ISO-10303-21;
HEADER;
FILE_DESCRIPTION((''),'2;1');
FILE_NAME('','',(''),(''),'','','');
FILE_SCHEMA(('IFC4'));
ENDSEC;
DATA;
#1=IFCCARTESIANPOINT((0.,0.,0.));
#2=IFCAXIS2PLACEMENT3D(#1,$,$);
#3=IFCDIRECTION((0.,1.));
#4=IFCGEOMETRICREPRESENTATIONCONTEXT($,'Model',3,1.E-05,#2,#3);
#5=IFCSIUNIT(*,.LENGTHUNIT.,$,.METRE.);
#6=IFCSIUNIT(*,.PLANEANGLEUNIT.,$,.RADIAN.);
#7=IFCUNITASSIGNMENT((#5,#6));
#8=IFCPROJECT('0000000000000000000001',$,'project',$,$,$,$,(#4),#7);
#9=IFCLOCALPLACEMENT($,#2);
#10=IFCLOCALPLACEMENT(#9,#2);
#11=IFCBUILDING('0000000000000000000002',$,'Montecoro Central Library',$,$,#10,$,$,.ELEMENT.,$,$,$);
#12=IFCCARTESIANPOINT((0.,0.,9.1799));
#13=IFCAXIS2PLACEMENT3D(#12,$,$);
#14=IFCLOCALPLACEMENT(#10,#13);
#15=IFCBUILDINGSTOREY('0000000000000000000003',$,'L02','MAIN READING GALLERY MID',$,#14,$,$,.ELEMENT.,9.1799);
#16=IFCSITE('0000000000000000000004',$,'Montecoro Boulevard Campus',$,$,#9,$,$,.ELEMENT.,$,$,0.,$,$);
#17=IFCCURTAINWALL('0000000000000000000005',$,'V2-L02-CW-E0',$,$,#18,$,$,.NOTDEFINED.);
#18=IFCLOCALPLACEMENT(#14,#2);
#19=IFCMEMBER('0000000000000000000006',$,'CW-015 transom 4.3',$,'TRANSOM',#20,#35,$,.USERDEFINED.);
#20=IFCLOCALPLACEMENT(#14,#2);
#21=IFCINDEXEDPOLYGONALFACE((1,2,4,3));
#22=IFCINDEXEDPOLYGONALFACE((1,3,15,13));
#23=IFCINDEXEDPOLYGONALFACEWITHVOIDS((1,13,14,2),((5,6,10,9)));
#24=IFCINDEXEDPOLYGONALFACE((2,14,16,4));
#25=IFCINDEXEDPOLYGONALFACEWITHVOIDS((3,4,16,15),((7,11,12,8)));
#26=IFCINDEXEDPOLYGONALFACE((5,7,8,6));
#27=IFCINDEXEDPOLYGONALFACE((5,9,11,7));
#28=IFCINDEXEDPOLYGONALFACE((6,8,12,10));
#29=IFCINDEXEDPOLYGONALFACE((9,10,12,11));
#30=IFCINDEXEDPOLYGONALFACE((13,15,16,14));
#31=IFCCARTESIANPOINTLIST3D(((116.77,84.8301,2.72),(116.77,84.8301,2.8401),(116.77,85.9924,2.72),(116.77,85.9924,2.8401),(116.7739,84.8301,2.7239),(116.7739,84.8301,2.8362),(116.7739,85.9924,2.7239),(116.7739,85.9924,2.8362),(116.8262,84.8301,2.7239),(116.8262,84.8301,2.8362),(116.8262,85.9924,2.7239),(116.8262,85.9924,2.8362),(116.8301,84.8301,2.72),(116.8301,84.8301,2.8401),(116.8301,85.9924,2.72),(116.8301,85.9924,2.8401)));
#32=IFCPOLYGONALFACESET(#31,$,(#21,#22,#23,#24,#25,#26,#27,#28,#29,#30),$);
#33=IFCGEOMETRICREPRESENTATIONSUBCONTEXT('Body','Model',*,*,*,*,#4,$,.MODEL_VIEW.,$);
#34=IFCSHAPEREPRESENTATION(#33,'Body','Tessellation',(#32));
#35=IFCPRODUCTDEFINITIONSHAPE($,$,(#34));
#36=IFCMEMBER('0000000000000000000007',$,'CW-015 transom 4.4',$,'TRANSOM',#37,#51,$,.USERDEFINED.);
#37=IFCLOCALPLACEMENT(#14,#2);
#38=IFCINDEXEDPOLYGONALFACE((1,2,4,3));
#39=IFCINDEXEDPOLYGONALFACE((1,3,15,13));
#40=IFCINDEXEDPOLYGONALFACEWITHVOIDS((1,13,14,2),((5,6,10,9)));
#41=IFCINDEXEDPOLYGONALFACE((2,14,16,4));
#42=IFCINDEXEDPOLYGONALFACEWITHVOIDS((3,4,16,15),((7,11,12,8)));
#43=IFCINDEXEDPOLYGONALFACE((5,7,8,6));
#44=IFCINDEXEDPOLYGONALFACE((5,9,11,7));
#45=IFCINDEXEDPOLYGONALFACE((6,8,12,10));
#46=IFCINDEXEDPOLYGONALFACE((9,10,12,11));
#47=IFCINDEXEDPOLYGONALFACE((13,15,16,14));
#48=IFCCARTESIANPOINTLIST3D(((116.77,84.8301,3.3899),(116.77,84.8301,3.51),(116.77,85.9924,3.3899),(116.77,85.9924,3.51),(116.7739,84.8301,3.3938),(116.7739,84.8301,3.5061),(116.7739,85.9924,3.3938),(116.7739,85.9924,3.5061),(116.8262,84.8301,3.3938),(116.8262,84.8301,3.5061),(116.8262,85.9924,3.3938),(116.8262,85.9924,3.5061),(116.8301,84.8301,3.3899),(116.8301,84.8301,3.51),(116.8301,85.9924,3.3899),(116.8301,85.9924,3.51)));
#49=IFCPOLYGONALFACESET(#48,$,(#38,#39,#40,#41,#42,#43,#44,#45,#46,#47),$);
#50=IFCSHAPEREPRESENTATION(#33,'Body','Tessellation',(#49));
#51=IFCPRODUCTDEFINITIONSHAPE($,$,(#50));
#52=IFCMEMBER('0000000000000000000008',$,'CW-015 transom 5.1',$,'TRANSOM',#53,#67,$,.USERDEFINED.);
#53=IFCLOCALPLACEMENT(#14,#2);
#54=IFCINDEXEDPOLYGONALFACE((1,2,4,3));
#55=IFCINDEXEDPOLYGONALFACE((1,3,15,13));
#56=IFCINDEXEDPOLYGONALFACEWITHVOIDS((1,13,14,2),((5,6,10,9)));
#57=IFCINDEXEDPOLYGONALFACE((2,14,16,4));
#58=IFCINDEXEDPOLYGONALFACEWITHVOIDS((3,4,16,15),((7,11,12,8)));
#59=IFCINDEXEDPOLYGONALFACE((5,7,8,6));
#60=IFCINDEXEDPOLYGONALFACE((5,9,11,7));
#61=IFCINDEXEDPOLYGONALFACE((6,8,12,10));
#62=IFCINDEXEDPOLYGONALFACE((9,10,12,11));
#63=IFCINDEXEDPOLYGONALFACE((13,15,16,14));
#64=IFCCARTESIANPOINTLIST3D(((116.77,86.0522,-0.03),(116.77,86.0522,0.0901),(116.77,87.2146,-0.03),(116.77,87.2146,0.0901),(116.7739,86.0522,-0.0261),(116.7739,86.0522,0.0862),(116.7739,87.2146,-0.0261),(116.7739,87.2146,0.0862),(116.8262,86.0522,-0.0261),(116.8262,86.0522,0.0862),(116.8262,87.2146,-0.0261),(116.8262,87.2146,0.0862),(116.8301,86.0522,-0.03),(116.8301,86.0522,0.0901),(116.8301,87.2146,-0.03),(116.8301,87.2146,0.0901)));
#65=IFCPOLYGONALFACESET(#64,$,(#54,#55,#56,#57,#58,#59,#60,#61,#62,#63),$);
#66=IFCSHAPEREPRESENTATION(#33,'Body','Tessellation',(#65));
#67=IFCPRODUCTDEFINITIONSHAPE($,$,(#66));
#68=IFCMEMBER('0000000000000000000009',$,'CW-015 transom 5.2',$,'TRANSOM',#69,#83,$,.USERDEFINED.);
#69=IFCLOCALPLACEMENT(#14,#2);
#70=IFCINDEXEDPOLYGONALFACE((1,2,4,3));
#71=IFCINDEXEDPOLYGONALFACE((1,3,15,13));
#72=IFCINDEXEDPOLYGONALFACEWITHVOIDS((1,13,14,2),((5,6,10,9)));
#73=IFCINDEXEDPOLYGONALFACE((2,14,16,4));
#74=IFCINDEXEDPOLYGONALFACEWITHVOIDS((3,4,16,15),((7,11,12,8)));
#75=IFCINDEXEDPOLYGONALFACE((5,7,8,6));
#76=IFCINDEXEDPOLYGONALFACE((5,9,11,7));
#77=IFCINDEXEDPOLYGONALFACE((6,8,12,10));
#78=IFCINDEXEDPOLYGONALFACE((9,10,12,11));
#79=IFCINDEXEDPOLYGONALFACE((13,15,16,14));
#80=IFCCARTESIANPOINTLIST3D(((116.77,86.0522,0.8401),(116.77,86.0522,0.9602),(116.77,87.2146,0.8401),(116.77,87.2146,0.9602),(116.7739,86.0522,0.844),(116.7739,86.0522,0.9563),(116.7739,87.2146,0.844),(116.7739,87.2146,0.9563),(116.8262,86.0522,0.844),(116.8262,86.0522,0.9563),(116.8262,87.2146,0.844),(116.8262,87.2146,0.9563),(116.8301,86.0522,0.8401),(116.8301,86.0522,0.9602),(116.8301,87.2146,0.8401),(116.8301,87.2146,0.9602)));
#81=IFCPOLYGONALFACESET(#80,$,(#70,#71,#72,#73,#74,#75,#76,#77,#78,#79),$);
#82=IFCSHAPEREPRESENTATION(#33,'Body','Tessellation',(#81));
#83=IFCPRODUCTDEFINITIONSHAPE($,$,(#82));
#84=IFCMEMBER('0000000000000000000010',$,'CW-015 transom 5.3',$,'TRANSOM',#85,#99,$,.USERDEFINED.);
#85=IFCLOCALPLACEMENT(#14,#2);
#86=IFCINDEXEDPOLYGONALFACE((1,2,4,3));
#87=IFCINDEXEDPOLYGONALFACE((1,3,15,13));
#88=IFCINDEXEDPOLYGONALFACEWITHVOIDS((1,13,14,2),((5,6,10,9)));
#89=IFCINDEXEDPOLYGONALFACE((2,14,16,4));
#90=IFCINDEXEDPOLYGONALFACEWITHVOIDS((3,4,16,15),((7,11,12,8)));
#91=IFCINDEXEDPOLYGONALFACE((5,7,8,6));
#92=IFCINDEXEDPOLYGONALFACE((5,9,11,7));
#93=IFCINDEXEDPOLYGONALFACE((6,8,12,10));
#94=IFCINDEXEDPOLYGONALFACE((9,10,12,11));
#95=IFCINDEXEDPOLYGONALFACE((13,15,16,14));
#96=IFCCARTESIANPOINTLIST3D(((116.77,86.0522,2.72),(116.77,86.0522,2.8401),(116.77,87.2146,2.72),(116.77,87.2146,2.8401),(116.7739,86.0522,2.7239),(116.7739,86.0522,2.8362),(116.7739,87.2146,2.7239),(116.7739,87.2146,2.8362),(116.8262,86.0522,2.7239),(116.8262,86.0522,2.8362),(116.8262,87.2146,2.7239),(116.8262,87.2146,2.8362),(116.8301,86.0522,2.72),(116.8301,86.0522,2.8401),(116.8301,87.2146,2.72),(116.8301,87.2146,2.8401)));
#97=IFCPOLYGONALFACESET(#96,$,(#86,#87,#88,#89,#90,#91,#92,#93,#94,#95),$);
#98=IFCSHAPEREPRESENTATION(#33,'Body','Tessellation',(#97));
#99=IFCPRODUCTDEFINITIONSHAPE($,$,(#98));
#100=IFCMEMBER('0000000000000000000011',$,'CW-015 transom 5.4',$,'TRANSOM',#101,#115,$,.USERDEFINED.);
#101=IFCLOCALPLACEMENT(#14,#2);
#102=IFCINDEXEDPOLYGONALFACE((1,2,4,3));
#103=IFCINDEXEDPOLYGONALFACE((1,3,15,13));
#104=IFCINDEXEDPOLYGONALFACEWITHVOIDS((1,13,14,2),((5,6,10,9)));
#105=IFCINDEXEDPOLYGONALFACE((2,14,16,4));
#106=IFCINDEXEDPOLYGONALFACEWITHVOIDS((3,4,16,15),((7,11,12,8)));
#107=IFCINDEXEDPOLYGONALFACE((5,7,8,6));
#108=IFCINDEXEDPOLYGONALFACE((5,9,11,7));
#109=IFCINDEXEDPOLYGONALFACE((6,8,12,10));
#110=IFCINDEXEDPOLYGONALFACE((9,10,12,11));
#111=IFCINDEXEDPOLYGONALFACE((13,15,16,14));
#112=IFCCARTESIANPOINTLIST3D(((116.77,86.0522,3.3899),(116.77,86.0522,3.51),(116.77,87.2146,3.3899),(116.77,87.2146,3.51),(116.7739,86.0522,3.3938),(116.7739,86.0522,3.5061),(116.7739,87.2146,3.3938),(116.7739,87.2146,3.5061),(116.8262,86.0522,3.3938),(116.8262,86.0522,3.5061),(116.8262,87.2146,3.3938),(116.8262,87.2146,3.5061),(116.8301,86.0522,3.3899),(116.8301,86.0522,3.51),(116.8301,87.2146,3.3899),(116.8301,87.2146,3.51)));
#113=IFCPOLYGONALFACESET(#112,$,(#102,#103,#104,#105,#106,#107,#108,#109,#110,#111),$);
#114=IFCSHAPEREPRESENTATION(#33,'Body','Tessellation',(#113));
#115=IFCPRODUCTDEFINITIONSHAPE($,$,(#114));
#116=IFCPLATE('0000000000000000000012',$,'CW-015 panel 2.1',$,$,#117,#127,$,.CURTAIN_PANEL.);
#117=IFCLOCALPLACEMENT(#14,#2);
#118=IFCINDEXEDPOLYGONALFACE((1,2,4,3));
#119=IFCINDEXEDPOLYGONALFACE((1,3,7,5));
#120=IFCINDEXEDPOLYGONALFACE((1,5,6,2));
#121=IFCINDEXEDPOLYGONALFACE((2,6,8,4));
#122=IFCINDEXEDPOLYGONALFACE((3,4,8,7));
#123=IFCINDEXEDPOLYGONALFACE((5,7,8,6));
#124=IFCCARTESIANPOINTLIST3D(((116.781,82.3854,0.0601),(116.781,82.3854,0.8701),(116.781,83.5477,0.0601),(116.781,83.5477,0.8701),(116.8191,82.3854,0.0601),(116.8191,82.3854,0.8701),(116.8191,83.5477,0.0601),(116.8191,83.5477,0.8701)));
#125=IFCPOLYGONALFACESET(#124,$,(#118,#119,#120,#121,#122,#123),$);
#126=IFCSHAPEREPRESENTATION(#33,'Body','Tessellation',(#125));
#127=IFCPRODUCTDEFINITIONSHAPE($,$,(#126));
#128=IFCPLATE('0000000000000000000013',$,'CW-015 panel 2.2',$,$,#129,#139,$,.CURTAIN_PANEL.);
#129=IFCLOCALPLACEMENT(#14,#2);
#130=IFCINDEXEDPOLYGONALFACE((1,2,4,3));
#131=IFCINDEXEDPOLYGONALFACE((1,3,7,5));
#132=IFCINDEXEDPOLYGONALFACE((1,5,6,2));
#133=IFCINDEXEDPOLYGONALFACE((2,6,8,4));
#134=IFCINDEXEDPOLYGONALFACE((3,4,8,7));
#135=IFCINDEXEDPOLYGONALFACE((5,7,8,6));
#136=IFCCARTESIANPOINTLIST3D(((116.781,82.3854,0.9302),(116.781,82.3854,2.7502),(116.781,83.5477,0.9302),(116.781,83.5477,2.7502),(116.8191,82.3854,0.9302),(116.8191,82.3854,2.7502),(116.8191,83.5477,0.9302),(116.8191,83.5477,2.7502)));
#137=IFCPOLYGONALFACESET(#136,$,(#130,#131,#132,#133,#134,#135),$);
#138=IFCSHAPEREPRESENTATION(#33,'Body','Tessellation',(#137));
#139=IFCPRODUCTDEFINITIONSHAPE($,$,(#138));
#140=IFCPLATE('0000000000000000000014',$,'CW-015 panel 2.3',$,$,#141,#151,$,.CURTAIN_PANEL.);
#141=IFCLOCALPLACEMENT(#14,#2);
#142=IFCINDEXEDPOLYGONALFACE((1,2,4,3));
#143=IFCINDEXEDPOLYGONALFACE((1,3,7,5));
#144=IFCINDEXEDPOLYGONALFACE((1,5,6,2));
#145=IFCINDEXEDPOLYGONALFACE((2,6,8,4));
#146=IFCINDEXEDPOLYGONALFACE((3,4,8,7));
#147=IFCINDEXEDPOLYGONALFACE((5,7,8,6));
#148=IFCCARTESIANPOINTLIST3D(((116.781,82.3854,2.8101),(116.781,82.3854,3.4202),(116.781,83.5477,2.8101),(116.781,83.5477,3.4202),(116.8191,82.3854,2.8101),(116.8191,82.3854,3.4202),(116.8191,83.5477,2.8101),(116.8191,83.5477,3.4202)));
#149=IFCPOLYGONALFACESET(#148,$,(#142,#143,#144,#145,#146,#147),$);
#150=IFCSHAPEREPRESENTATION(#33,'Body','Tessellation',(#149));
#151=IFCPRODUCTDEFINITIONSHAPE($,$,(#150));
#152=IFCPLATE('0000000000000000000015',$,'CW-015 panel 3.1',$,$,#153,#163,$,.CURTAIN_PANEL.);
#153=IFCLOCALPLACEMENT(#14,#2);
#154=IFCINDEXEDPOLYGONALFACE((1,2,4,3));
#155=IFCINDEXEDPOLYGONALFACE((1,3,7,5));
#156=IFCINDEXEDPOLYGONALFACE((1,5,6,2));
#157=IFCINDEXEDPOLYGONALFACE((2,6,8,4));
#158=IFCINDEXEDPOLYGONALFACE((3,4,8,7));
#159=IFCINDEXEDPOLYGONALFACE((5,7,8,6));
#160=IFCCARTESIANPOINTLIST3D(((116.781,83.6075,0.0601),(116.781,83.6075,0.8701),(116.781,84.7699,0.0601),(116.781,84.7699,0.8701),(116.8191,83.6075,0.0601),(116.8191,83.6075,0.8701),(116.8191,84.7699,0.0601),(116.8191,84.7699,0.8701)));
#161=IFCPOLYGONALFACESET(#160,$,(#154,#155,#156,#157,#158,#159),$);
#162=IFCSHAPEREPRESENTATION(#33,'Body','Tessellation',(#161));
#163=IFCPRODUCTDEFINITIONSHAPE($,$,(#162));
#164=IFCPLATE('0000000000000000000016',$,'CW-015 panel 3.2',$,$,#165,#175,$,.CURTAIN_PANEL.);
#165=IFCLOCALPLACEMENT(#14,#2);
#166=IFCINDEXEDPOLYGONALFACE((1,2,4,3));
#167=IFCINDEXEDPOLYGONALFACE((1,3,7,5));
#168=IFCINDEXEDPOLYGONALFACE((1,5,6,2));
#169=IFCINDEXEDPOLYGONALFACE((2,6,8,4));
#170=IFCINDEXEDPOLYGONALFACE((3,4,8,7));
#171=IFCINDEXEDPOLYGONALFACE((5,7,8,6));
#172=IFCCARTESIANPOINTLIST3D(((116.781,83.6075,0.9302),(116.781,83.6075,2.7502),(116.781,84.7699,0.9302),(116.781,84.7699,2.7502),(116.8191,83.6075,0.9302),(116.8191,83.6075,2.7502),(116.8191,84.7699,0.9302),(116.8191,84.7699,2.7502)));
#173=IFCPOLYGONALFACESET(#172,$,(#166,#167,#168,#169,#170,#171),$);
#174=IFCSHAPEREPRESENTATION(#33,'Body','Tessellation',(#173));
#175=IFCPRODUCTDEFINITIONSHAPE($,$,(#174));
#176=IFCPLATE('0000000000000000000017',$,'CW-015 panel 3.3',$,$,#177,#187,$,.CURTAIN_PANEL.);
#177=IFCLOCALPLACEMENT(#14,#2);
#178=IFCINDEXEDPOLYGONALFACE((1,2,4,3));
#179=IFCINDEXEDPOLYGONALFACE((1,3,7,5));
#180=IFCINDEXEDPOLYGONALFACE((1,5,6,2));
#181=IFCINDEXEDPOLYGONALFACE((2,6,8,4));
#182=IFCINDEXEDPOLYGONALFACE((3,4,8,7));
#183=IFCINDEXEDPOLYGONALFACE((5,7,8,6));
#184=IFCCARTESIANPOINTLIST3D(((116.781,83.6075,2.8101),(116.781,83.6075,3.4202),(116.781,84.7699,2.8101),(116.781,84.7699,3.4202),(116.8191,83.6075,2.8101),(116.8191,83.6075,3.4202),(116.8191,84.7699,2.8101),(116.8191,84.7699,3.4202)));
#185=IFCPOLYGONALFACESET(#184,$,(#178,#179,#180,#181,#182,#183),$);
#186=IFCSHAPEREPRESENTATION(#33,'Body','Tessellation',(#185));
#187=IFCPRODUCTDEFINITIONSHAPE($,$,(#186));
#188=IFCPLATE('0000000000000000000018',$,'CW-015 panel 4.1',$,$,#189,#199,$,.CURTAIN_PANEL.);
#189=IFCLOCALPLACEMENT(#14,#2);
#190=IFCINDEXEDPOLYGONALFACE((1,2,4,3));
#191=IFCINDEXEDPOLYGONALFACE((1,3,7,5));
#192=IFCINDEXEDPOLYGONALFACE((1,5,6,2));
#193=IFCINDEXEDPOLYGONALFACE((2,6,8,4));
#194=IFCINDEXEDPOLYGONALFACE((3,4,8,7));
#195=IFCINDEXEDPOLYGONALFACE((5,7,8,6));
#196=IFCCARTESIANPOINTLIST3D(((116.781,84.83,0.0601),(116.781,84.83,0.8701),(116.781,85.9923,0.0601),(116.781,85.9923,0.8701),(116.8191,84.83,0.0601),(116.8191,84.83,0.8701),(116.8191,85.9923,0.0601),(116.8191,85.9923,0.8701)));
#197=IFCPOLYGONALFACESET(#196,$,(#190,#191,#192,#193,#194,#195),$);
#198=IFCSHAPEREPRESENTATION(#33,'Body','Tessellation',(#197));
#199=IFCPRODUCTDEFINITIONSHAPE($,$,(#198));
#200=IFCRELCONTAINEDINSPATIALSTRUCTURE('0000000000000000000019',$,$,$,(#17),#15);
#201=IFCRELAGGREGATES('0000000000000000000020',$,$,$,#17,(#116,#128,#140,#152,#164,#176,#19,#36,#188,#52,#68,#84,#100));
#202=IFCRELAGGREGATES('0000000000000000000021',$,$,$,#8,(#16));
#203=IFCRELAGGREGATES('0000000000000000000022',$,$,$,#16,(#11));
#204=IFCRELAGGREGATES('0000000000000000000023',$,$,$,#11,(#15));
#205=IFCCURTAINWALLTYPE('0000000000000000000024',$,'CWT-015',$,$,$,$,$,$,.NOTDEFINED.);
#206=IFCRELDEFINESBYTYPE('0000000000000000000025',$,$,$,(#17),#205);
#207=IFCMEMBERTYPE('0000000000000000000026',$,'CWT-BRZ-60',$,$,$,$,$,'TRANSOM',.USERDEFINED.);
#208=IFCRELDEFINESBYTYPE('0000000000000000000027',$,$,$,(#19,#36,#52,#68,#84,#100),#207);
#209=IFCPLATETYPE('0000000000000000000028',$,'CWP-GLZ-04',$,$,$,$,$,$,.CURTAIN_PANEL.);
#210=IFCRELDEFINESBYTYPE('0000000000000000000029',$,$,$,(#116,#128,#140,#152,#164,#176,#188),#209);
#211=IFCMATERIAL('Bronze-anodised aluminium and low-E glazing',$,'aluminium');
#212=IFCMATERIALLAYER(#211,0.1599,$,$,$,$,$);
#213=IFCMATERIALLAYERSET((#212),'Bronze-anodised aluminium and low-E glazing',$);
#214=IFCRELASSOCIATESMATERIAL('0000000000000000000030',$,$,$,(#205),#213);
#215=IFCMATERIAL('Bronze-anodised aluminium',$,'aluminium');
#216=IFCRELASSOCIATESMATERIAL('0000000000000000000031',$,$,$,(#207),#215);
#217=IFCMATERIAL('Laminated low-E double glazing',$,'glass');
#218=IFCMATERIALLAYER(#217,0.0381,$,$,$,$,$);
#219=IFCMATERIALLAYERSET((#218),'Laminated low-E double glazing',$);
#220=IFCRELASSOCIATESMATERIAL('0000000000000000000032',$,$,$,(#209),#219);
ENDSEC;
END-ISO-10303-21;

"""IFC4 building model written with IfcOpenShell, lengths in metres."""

from ifc_helpers import new_model, si_unit, direction, frame, origin, origin_2d, place, context, subcontext, project, spatial, rectangle, hollow_rectangle, extrude, material, layer, layer_set, material_profile, profile_set, type_object, element, aggregate, save


model = new_model("IFC4")

# Units and contexts
model_context = context("Model", 3, precision=1e-05, world=origin(), true_north=direction((0.0, 1.0)))
body_context = subcontext(model_context, "Body", "Model", "MODEL_VIEW")
ifc_project = project(units=[si_unit("LENGTHUNIT", "METRE"), si_unit("PLANEANGLEUNIT", "RADIAN")], contexts=[model_context])

# Site, building, storey
site_placement = place(None, origin())
site = spatial("IfcSite", under=ifc_project, at=site_placement, Name="Montecoro Boulevard Campus", CompositionType="ELEMENT", RefElevation=0.0)
building_placement = place(site_placement, origin())
building = spatial("IfcBuilding", under=site, at=building_placement, Name="Montecoro Central Library", CompositionType="ELEMENT")
storey_placement = place(building_placement, frame((0.0, 0.0, 9.1799)))
storey = spatial("IfcBuildingStorey", under=building, at=storey_placement, Name="L02", Description="MAIN READING GALLERY MID", CompositionType="ELEMENT", Elevation=9.1799)

# Curtain wall, members, plates
ifc_material_1 = material(Name="Bronze-anodised aluminium and low-E glazing", Category="aluminium")
ifc_layer_1 = layer(ifc_material_1, 0.1599)
ifc_layer_set_1 = layer_set([ifc_layer_1], Name="Bronze-anodised aluminium and low-E glazing")
curtain_wall_type = type_object("IfcCurtainWallType", Name="CWT-015", PredefinedType="NOTDEFINED", material=ifc_layer_set_1)
curtain_wall_placement = place(storey_placement, origin())
curtain_wall = element("IfcCurtainWall", 1, at=curtain_wall_placement, inside=storey, type_object=curtain_wall_type, Name="V2-L02-CW-E0", PredefinedType="NOTDEFINED")
ifc_material_2 = material(Name="Bronze-anodised aluminium", Category="aluminium")
ifc_material_profile_1 = material_profile(ifc_material_2, hollow_rectangle(XDim=0.0601, YDim=0.1201, WallThickness=0.0039, at=origin_2d()), Name="CWT 120x60x4.0")
ifc_profile_set_1 = profile_set([ifc_material_profile_1], Name="Bronze-anodised aluminium")
member_type_1 = type_object("IfcMemberType", Name="CWT-BRZ-60", ElementType="TRANSOM", PredefinedType="USERDEFINED", material=ifc_profile_set_1)
member_1_placement = place(storey_placement, frame((116.8, 84.8301, 2.78), z_axis=(0.0, 1.0, 0.0), x_axis=(-1.0, 0.0, 0.0)))
member_1 = element("IfcMember", 2, at=member_1_placement, type_object=member_type_1, Name="CW-015 transom 4.3", ObjectType="TRANSOM", PredefinedType="USERDEFINED", context=body_context, shape_type="SweptSolid", body=[
    extrude(hollow_rectangle(XDim=0.0601, YDim=0.1201, WallThickness=0.0039, at=origin_2d()), origin(), (0.0, 0.0, 1.0), 1.1624),
])
member_2_placement = place(storey_placement, frame((116.8, 84.8301, 3.45), z_axis=(0.0, 1.0, 0.0), x_axis=(-1.0, 0.0, 0.0)))
member_2 = element("IfcMember", 3, at=member_2_placement, type_object=member_type_1, Name="CW-015 transom 4.4", ObjectType="TRANSOM", PredefinedType="USERDEFINED", context=body_context, shape_type="SweptSolid", body=[
    extrude(hollow_rectangle(XDim=0.0601, YDim=0.1201, WallThickness=0.0039, at=origin_2d()), origin(), (0.0, 0.0, 1.0), 1.1624),
])
member_3_placement = place(storey_placement, frame((116.8, 86.0522, 0.03), z_axis=(0.0, 1.0, 0.0), x_axis=(-1.0, 0.0, 0.0)))
member_3 = element("IfcMember", 4, at=member_3_placement, type_object=member_type_1, Name="CW-015 transom 5.1", ObjectType="TRANSOM", PredefinedType="USERDEFINED", context=body_context, shape_type="SweptSolid", body=[
    extrude(hollow_rectangle(XDim=0.0601, YDim=0.1201, WallThickness=0.0039, at=origin_2d()), origin(), (0.0, 0.0, 1.0), 1.1624),
])
member_4_placement = place(storey_placement, frame((116.8, 86.0522, 0.9001), z_axis=(0.0, 1.0, 0.0), x_axis=(-1.0, 0.0, 0.0)))
member_4 = element("IfcMember", 5, at=member_4_placement, type_object=member_type_1, Name="CW-015 transom 5.2", ObjectType="TRANSOM", PredefinedType="USERDEFINED", context=body_context, shape_type="SweptSolid", body=[
    extrude(hollow_rectangle(XDim=0.0601, YDim=0.1201, WallThickness=0.0039, at=origin_2d()), origin(), (0.0, 0.0, 1.0), 1.1624),
])
member_5_placement = place(storey_placement, frame((116.8, 86.0522, 2.78), z_axis=(0.0, 1.0, 0.0), x_axis=(-1.0, 0.0, 0.0)))
member_5 = element("IfcMember", 6, at=member_5_placement, type_object=member_type_1, Name="CW-015 transom 5.3", ObjectType="TRANSOM", PredefinedType="USERDEFINED", context=body_context, shape_type="SweptSolid", body=[
    extrude(hollow_rectangle(XDim=0.0601, YDim=0.1201, WallThickness=0.0039, at=origin_2d()), origin(), (0.0, 0.0, 1.0), 1.1624),
])
member_6_placement = place(storey_placement, frame((116.8, 86.0522, 3.45), z_axis=(0.0, 1.0, 0.0), x_axis=(-1.0, 0.0, 0.0)))
member_6 = element("IfcMember", 7, at=member_6_placement, type_object=member_type_1, Name="CW-015 transom 5.4", ObjectType="TRANSOM", PredefinedType="USERDEFINED", context=body_context, shape_type="SweptSolid", body=[
    extrude(hollow_rectangle(XDim=0.0601, YDim=0.1201, WallThickness=0.0039, at=origin_2d()), origin(), (0.0, 0.0, 1.0), 1.1624),
])
ifc_material_3 = material(Name="Laminated low-E double glazing", Category="glass")
ifc_layer_2 = layer(ifc_material_3, 0.0381)
ifc_layer_set_2 = layer_set([ifc_layer_2], Name="Laminated low-E double glazing")
plate_type = type_object("IfcPlateType", Name="CWP-GLZ-04", PredefinedType="CURTAIN_PANEL", material=ifc_layer_set_2)
plate_1_placement = place(storey_placement, frame((116.8, 82.9666, 0.0601), z_axis=(0.0, 0.0, 1.0), x_axis=(0.0, 1.0, 0.0)))
plate_1 = element("IfcPlate", 8, at=plate_1_placement, type_object=plate_type, Name="CW-015 panel 2.1", PredefinedType="CURTAIN_PANEL", context=body_context, shape_type="SweptSolid", body=[
    extrude(rectangle(XDim=1.1624, YDim=0.0381, at=origin_2d()), origin(), (0.0, 0.0, 1.0), 0.8101),
])
plate_2_placement = place(storey_placement, frame((116.8, 82.9666, 0.9302), z_axis=(0.0, 0.0, 1.0), x_axis=(0.0, 1.0, 0.0)))
plate_2 = element("IfcPlate", 9, at=plate_2_placement, type_object=plate_type, Name="CW-015 panel 2.2", PredefinedType="CURTAIN_PANEL", context=body_context, shape_type="SweptSolid", body=[
    extrude(rectangle(XDim=1.1624, YDim=0.0381, at=origin_2d()), origin(), (0.0, 0.0, 1.0), 1.8201),
])
plate_3_placement = place(storey_placement, frame((116.8, 82.9666, 2.8101), z_axis=(0.0, 0.0, 1.0), x_axis=(0.0, 1.0, 0.0)))
plate_3 = element("IfcPlate", 10, at=plate_3_placement, type_object=plate_type, Name="CW-015 panel 2.3", PredefinedType="CURTAIN_PANEL", context=body_context, shape_type="SweptSolid", body=[
    extrude(rectangle(XDim=1.1624, YDim=0.0381, at=origin_2d()), origin(), (0.0, 0.0, 1.0), 0.6101),
])
plate_4_placement = place(storey_placement, frame((116.8, 84.1887, 0.0601), z_axis=(0.0, 0.0, 1.0), x_axis=(0.0, 1.0, 0.0)))
plate_4 = element("IfcPlate", 11, at=plate_4_placement, type_object=plate_type, Name="CW-015 panel 3.1", PredefinedType="CURTAIN_PANEL", context=body_context, shape_type="SweptSolid", body=[
    extrude(rectangle(XDim=1.1624, YDim=0.0381, at=origin_2d()), origin(), (0.0, 0.0, 1.0), 0.8101),
])
plate_5_placement = place(storey_placement, frame((116.8, 84.1887, 0.9302), z_axis=(0.0, 0.0, 1.0), x_axis=(0.0, 1.0, 0.0)))
plate_5 = element("IfcPlate", 12, at=plate_5_placement, type_object=plate_type, Name="CW-015 panel 3.2", PredefinedType="CURTAIN_PANEL", context=body_context, shape_type="SweptSolid", body=[
    extrude(rectangle(XDim=1.1624, YDim=0.0381, at=origin_2d()), origin(), (0.0, 0.0, 1.0), 1.8201),
])
plate_6_placement = place(storey_placement, frame((116.8, 84.1887, 2.8101), z_axis=(0.0, 0.0, 1.0), x_axis=(0.0, 1.0, 0.0)))
plate_6 = element("IfcPlate", 13, at=plate_6_placement, type_object=plate_type, Name="CW-015 panel 3.3", PredefinedType="CURTAIN_PANEL", context=body_context, shape_type="SweptSolid", body=[
    extrude(rectangle(XDim=1.1624, YDim=0.0381, at=origin_2d()), origin(), (0.0, 0.0, 1.0), 0.6101),
])
plate_7_placement = place(storey_placement, frame((116.8, 85.4111, 0.0601), z_axis=(0.0, 0.0, 1.0), x_axis=(0.0, 1.0, 0.0)))
plate_7 = element("IfcPlate", 14, at=plate_7_placement, type_object=plate_type, Name="CW-015 panel 4.1", PredefinedType="CURTAIN_PANEL", context=body_context, shape_type="SweptSolid", body=[
    extrude(rectangle(XDim=1.1624, YDim=0.0381, at=origin_2d()), origin(), (0.0, 0.0, 1.0), 0.8101),
])
aggregate(curtain_wall, [plate_1, plate_2, plate_3, plate_4, plate_5, plate_6, member_1, member_2, plate_7, member_3, member_4, member_5, member_6])

save(model, "model.ifc")
